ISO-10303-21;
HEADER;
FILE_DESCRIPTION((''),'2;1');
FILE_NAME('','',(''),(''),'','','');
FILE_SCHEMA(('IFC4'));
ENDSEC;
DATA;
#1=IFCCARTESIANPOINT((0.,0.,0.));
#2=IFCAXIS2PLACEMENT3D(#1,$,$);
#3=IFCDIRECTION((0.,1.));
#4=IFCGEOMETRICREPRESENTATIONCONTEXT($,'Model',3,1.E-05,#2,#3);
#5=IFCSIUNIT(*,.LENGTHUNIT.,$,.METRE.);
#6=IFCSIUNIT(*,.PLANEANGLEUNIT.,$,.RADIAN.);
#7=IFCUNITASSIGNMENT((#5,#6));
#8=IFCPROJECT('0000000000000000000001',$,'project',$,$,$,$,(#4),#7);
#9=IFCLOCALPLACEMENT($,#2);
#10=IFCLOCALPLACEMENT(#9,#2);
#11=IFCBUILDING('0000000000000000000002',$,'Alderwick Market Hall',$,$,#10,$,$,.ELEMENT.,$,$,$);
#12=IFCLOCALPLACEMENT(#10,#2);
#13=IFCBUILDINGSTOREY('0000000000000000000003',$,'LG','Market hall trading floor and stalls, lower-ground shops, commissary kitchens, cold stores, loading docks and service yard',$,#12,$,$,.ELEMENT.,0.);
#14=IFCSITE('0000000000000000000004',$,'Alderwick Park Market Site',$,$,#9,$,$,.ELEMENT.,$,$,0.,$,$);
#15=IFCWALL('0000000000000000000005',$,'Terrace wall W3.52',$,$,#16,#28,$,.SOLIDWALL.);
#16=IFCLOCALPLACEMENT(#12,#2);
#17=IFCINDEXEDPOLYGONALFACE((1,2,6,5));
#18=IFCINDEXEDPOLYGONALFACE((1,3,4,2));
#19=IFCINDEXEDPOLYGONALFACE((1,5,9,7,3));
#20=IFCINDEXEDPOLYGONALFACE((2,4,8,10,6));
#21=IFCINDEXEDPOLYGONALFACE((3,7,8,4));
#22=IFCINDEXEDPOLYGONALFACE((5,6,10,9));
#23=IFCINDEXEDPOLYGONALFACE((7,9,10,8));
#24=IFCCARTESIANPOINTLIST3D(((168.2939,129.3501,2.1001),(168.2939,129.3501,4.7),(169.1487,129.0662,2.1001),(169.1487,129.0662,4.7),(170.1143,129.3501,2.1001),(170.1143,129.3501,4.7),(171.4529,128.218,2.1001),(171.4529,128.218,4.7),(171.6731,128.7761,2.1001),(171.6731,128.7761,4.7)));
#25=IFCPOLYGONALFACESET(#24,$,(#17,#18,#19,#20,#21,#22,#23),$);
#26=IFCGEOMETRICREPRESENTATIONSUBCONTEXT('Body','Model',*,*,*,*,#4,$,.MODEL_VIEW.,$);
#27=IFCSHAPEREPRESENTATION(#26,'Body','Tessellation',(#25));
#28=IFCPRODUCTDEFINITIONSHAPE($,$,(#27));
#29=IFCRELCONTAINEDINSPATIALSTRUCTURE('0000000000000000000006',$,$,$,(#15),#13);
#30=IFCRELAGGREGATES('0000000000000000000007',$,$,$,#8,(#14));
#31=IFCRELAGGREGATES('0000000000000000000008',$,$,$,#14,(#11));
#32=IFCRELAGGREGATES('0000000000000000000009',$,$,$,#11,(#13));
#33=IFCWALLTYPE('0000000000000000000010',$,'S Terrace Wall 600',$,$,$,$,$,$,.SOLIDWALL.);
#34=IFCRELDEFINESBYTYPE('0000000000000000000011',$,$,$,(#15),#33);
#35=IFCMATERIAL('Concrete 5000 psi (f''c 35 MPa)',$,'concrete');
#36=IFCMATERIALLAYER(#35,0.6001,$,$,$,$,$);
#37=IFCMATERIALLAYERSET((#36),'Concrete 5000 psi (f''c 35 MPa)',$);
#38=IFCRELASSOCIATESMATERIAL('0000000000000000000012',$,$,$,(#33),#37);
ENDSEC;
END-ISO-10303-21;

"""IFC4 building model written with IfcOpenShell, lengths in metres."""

from ifc_helpers import new_model, si_unit, direction, frame, origin, place, context, subcontext, project, spatial, polyline, outline, extrude, material, layer, layer_set, type_object, element, save


model = new_model("IFC4")

# Units and contexts
model_context = context("Model", 3, precision=1e-05, world=origin(), true_north=direction((0.0, 1.0)))
body_context = subcontext(model_context, "Body", "Model", "MODEL_VIEW")
ifc_project = project(units=[si_unit("LENGTHUNIT", "METRE"), si_unit("PLANEANGLEUNIT", "RADIAN")], contexts=[model_context])

# Site, building, storey
site_placement = place(None, origin())
site = spatial("IfcSite", under=ifc_project, at=site_placement, Name="Alderwick Park Market Site", CompositionType="ELEMENT", RefElevation=0.0)
building_placement = place(site_placement, origin())
building = spatial("IfcBuilding", under=site, at=building_placement, Name="Alderwick Market Hall", CompositionType="ELEMENT")
storey_placement = place(building_placement, origin())
storey = spatial("IfcBuildingStorey", under=building, at=storey_placement, Name="LG", Description="Market hall trading floor and stalls, lower-ground shops, commissary kitchens, cold stores, loading docks and service yard", CompositionType="ELEMENT", Elevation=0.0)

# Wall
ifc_material_1 = material(Name="Concrete 5000 psi (f'c 35 MPa)", Category="concrete")
ifc_layer_1 = layer(ifc_material_1, 0.6001)
ifc_layer_set_1 = layer_set([ifc_layer_1], Name="Concrete 5000 psi (f'c 35 MPa)")
wall_type = type_object("IfcWallType", Name="S Terrace Wall 600", PredefinedType="SOLIDWALL", material=ifc_layer_set_1)
wall_1_placement = place(storey_placement, frame((0.0, 0.0, 2.1001)))
element("IfcWall", 1, at=wall_1_placement, inside=storey, type_object=wall_type, Name="Terrace wall W3.52", PredefinedType="SOLIDWALL", context=body_context, shape_type="SweptSolid", body=[
    extrude(outline(polyline([(171.6731, 128.7761), (170.1143, 129.3501), (168.2939, 129.3501), (169.1487, 129.0662), (171.4529, 128.218), (171.6731, 128.7761)])), origin(), (0.0, 0.0, 1.0), 2.5999),
])

save(model, "model.ifc")
